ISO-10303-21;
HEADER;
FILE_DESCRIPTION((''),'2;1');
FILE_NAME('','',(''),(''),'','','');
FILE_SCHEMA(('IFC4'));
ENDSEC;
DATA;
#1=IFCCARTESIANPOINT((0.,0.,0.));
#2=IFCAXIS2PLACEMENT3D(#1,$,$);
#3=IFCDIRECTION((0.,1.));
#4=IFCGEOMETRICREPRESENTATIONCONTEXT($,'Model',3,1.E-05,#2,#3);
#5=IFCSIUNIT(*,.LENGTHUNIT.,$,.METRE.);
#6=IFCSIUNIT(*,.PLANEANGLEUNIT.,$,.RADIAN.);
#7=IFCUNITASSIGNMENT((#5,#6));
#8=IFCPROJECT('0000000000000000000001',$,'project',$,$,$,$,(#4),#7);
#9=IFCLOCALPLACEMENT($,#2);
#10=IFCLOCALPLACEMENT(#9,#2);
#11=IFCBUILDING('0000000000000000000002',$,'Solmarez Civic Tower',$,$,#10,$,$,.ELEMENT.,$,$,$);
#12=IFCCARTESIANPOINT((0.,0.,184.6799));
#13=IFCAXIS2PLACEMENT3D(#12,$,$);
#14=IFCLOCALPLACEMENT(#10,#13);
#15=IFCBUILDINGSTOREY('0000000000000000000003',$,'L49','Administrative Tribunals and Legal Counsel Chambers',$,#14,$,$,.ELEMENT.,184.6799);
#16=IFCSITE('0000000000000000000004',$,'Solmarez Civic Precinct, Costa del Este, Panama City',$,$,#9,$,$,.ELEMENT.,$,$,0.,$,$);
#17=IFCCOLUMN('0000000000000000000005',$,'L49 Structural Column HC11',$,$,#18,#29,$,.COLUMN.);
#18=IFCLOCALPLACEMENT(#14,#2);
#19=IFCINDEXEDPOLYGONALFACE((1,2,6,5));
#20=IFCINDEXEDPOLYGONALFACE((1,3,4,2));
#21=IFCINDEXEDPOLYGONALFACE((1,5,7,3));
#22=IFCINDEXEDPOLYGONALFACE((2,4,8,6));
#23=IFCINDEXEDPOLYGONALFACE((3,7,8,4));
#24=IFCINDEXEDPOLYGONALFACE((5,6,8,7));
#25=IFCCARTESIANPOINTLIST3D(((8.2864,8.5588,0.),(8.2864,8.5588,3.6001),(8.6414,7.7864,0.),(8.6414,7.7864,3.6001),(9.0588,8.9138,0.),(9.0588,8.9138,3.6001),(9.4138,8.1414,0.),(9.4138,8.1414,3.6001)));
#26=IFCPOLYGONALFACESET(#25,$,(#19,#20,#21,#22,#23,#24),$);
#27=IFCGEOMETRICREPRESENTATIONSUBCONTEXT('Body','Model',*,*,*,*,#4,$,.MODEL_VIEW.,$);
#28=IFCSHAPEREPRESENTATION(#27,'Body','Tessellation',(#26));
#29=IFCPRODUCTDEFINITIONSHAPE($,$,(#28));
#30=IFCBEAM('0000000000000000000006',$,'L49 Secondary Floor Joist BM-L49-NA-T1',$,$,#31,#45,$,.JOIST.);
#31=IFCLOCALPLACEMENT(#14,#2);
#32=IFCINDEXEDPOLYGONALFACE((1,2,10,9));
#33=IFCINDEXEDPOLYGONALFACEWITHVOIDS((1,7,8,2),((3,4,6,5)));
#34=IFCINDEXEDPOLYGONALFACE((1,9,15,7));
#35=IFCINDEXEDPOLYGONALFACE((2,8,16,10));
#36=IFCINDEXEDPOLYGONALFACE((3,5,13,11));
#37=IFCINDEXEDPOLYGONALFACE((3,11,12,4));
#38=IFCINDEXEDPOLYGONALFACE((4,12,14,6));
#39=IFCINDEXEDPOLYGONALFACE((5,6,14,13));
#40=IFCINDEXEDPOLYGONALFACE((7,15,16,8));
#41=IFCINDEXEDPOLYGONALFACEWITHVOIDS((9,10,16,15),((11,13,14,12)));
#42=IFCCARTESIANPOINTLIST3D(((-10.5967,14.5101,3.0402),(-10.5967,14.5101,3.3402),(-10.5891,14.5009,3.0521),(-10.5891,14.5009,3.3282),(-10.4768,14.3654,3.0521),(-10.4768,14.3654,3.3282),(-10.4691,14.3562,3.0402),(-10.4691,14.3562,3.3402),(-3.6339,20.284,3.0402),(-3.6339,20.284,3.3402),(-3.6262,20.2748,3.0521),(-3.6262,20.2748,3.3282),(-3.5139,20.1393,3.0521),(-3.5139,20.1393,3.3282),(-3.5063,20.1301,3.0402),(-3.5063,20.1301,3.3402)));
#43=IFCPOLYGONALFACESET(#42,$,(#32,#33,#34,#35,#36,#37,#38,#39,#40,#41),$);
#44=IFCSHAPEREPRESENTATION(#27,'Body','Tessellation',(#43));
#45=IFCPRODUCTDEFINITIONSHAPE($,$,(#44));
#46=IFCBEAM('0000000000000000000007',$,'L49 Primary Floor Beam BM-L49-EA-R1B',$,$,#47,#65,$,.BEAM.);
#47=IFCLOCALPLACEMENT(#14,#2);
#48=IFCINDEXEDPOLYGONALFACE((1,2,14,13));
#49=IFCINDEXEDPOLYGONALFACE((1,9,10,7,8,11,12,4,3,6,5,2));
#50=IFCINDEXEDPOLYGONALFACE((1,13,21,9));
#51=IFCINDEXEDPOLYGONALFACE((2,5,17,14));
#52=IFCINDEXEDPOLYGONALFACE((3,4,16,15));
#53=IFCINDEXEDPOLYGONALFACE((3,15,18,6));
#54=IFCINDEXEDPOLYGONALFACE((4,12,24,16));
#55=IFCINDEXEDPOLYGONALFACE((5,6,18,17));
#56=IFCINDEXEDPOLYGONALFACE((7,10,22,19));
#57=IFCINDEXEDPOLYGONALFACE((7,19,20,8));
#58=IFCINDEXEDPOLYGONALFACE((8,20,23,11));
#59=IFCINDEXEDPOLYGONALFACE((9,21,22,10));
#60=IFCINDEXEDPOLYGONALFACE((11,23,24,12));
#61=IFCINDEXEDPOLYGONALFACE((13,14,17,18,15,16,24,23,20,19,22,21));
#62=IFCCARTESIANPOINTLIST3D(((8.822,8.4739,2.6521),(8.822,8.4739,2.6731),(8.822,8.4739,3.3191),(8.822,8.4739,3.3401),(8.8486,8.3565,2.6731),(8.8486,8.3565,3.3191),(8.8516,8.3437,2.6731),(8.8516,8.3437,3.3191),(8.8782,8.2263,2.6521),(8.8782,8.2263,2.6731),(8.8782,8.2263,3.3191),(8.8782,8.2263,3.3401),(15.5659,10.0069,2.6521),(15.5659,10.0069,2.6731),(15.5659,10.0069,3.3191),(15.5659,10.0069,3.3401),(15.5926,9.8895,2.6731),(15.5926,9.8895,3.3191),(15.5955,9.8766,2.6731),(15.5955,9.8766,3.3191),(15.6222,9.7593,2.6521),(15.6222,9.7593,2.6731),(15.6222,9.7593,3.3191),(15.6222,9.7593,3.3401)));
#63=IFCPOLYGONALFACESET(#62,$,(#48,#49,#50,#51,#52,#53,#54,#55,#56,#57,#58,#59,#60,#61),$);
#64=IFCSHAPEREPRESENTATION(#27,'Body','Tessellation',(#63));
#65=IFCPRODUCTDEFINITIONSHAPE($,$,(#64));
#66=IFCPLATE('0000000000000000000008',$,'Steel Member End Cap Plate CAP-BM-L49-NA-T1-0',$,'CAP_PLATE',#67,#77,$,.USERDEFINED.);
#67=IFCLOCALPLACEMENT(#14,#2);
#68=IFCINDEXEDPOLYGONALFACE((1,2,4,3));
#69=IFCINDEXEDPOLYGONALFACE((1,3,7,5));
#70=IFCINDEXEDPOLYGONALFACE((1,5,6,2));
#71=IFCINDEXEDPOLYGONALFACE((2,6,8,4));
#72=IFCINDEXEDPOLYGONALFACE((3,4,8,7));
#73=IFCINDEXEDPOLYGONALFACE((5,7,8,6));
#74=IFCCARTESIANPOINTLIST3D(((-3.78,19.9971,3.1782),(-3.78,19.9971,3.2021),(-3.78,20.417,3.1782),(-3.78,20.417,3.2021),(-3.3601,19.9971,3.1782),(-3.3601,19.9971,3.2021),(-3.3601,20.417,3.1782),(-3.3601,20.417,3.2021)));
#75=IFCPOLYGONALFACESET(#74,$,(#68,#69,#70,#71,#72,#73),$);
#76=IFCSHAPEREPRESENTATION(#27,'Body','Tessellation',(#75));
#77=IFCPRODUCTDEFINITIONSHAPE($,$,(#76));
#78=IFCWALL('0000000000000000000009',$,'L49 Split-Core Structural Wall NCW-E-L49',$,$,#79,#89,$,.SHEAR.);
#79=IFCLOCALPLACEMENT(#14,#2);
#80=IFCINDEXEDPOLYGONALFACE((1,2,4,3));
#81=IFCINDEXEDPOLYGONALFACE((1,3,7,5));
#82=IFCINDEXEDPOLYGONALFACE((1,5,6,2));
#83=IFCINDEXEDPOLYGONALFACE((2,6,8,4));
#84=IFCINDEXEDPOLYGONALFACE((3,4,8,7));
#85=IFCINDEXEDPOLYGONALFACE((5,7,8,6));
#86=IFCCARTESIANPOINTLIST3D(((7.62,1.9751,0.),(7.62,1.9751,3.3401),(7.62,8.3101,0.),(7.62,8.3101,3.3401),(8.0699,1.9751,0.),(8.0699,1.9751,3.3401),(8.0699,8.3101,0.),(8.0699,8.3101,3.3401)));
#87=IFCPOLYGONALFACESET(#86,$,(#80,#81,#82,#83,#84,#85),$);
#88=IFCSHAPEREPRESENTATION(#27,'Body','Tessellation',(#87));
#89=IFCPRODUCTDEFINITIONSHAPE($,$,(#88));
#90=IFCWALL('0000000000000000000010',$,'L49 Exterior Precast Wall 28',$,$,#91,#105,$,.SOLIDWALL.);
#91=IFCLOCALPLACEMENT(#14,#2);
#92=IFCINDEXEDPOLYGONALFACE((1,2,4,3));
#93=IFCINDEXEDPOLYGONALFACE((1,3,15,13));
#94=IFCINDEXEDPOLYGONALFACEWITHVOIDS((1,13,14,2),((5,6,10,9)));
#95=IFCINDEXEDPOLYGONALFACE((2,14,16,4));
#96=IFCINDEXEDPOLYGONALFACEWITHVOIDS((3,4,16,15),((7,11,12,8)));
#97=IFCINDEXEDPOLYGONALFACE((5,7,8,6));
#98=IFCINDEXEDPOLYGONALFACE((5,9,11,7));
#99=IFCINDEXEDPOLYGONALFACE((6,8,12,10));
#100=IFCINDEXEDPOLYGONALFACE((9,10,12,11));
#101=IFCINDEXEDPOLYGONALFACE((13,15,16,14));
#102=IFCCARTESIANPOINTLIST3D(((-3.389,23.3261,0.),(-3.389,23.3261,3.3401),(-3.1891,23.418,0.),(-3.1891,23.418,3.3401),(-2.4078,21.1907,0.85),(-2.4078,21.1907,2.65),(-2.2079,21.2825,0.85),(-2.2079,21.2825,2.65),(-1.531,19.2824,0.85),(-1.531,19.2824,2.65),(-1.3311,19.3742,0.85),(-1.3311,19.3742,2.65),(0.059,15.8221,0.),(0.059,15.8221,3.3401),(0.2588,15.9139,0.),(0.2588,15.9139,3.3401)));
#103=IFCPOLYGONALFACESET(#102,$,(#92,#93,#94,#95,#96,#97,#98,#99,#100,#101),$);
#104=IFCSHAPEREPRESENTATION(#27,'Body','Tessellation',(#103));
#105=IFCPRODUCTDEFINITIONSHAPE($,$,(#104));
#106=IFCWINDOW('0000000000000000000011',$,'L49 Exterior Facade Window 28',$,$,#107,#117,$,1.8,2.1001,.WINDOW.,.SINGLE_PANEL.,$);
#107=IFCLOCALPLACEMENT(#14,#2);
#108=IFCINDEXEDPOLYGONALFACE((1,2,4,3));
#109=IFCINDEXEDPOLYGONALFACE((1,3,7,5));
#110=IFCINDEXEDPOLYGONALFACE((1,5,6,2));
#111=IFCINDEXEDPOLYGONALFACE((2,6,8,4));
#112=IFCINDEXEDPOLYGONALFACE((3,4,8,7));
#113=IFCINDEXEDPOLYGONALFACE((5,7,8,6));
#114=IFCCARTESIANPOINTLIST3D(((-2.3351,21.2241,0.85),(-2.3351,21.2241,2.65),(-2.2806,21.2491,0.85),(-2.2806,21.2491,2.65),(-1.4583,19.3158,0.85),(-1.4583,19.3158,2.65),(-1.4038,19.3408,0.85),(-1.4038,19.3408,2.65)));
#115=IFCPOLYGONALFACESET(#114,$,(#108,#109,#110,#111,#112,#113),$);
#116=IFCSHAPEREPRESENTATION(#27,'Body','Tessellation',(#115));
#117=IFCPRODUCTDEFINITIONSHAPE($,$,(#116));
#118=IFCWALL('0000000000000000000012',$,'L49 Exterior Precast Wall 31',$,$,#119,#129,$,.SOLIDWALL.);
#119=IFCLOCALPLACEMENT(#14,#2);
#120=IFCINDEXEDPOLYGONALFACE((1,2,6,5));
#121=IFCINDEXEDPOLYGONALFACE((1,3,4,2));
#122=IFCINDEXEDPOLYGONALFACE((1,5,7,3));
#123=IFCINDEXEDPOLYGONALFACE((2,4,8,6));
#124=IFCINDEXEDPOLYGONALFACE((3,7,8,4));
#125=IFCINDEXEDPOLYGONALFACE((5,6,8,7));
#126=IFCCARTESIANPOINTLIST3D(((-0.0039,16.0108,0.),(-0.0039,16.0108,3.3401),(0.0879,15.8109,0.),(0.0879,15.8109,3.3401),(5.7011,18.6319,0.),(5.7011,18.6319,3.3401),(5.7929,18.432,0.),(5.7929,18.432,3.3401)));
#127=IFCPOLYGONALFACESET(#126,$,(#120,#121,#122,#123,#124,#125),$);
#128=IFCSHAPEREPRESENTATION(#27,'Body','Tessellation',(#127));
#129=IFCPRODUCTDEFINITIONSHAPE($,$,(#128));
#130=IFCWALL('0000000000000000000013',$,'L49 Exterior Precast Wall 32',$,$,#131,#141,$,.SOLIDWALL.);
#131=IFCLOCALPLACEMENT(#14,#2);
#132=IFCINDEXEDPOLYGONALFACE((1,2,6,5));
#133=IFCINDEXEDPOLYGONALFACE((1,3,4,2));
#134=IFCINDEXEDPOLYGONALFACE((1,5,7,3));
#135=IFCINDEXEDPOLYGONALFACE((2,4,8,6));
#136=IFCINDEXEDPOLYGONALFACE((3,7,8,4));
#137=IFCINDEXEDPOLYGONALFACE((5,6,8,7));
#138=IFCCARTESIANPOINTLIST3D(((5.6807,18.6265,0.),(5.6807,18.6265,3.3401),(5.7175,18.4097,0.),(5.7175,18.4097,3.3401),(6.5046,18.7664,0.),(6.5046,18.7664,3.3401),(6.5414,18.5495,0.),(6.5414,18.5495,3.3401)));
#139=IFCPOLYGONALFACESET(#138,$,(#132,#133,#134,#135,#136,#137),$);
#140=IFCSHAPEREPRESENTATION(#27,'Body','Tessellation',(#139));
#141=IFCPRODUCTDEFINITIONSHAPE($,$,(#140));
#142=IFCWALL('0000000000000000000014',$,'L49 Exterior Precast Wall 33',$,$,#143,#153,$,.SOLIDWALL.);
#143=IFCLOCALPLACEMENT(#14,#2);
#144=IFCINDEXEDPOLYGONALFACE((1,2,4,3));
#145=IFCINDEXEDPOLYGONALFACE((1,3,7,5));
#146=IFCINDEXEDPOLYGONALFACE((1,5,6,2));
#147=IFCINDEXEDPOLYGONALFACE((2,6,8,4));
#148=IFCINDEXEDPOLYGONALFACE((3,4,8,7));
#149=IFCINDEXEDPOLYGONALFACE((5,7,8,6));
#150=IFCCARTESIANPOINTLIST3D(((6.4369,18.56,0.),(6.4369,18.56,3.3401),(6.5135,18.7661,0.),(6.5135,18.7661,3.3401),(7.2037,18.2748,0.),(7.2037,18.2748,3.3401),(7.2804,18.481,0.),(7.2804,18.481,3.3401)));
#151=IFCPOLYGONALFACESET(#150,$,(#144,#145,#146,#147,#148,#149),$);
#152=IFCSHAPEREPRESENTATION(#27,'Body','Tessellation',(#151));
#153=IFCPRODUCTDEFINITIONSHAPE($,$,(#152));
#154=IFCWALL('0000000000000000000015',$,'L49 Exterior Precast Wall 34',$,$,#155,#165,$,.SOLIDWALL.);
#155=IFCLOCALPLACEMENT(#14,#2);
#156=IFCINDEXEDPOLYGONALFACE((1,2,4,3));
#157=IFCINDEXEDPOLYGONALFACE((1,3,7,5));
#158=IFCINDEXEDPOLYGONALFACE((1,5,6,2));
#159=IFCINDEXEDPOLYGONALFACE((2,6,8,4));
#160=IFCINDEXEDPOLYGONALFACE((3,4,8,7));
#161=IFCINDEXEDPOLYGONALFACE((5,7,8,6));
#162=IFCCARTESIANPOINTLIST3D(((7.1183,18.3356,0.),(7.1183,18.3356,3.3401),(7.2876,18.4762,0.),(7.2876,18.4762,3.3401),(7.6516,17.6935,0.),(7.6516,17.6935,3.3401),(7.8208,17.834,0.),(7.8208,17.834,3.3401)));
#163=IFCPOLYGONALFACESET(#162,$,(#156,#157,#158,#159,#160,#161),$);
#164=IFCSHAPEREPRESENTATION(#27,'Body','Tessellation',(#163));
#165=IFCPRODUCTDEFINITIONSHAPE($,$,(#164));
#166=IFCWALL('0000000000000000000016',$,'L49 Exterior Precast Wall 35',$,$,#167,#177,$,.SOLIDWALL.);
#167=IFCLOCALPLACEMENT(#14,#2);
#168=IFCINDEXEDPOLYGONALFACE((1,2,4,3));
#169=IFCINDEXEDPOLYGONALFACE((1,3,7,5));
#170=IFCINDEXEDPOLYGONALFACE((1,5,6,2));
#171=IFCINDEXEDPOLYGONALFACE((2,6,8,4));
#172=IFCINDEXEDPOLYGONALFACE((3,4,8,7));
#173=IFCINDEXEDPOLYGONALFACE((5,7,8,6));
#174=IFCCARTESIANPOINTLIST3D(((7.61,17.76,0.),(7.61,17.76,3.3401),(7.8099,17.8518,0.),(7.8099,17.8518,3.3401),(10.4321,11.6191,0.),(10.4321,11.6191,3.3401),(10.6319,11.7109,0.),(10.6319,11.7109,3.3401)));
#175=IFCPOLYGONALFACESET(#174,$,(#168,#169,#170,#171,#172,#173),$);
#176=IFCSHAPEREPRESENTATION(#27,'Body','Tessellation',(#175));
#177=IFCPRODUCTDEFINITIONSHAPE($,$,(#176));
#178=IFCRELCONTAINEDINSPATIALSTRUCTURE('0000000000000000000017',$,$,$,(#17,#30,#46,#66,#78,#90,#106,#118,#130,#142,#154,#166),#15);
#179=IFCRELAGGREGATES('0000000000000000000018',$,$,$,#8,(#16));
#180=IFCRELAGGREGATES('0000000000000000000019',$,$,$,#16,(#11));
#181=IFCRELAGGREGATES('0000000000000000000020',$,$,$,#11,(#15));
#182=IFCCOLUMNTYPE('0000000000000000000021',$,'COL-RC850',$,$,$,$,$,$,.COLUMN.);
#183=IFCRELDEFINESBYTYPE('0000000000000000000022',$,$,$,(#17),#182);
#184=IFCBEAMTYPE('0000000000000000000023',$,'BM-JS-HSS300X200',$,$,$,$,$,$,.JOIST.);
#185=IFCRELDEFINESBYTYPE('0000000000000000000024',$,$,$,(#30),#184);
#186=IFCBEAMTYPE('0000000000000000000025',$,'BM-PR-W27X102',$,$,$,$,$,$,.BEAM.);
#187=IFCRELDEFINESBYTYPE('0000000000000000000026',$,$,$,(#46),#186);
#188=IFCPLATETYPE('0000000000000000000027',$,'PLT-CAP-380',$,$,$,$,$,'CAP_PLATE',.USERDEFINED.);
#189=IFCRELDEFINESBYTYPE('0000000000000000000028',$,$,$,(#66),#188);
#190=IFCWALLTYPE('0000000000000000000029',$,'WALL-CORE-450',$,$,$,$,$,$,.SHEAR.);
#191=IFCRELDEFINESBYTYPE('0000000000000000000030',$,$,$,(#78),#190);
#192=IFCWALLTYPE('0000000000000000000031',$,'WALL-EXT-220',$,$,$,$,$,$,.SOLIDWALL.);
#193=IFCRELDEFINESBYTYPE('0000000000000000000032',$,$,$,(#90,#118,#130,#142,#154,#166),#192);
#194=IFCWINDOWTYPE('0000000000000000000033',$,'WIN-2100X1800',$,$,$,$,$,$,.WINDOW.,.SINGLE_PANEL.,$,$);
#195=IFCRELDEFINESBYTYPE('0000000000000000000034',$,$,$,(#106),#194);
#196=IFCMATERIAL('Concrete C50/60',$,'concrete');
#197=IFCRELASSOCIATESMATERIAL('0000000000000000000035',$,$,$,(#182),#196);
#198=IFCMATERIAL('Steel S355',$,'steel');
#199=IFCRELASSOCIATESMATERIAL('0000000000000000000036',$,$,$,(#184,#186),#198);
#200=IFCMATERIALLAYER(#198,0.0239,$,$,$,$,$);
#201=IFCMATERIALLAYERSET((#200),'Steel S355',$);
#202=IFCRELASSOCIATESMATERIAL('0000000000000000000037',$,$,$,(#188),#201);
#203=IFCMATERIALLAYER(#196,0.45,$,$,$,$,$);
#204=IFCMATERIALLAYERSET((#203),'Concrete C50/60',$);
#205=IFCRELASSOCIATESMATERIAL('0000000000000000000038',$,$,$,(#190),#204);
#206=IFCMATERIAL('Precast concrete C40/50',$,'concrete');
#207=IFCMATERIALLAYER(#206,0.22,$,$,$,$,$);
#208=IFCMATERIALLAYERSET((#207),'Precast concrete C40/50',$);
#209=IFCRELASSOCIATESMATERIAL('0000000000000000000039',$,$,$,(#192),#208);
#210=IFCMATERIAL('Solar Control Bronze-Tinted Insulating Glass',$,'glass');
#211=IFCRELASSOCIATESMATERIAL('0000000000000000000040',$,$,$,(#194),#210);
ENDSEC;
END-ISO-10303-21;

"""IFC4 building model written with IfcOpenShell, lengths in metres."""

from ifc_helpers import new_model, si_unit, direction, frame, frame_2d, origin, origin_2d, place, context, subcontext, project, spatial, rectangle, hollow_rectangle, i_section, extrude, material, layer, layer_set, material_profile, profile_set, type_object, element, fill, save


model = new_model("IFC4")

# Units and contexts
model_context = context("Model", 3, precision=1e-05, world=origin(), true_north=direction((0.0, 1.0)))
body_context = subcontext(model_context, "Body", "Model", "MODEL_VIEW")
ifc_project = project(units=[si_unit("LENGTHUNIT", "METRE"), si_unit("PLANEANGLEUNIT", "RADIAN")], contexts=[model_context])

# Site, building, storey
site_placement = place(None, origin())
site = spatial("IfcSite", under=ifc_project, at=site_placement, Name="Solmarez Civic Precinct, Costa del Este, Panama City", CompositionType="ELEMENT", RefElevation=0.0)
building_placement = place(site_placement, origin())
building = spatial("IfcBuilding", under=site, at=building_placement, Name="Solmarez Civic Tower", CompositionType="ELEMENT")
storey_placement = place(building_placement, frame((0.0, 0.0, 184.6799)))
storey = spatial("IfcBuildingStorey", under=building, at=storey_placement, Name="L49", Description="Administrative Tribunals and Legal Counsel Chambers", CompositionType="ELEMENT", Elevation=184.6799)

# Column
ifc_material_1 = material(Name="Concrete C50/60", Category="concrete")
ifc_material_profile_1 = material_profile(ifc_material_1, rectangle(XDim=0.8501, YDim=0.8501, at=origin_2d()), Name="RC850X850")
ifc_profile_set_1 = profile_set([ifc_material_profile_1], Name="Concrete C50/60")
column_type = type_object("IfcColumnType", Name="COL-RC850", PredefinedType="COLUMN", material=ifc_profile_set_1)
column_placement = place(storey_placement, frame((8.8501, 8.3501, 0.0), z_axis=(0.0, 0.0, 1.0), x_axis=(0.908654, 0.41755, 0.0)))
element("IfcColumn", 1, at=column_placement, inside=storey, type_object=column_type, Name="L49 Structural Column HC11", PredefinedType="COLUMN", context=body_context, shape_type="SweptSolid", body=[
    extrude(rectangle(XDim=0.8501, YDim=0.8501, at=origin_2d()), origin(), (0.0, 0.0, 1.0), 3.6001),
])

# Beams
ifc_material_2 = material(Name="Steel S355", Category="steel")
ifc_material_profile_2 = material_profile(ifc_material_2, hollow_rectangle(XDim=0.2, YDim=0.3, WallThickness=0.012, at=origin_2d()), Name="HSS300X200X12")
ifc_profile_set_2 = profile_set([ifc_material_profile_2], Name="Steel S355")
beam_type_1 = type_object("IfcBeamType", Name="BM-JS-HSS300X200", PredefinedType="JOIST", material=ifc_profile_set_2)
beam_1_placement = place(storey_placement, frame((-3.5701, 20.207, 3.1902), z_axis=(-0.769768, -0.638324, 0.0), x_axis=(0.638324, -0.769768, 0.0)))
element("IfcBeam", 2, at=beam_1_placement, inside=storey, type_object=beam_type_1, Name="L49 Secondary Floor Joist BM-L49-NA-T1", PredefinedType="JOIST", context=body_context, shape_type="SweptSolid", body=[
    extrude(hollow_rectangle(XDim=0.2, YDim=0.3, WallThickness=0.012, at=origin_2d()), origin(), (0.0, 0.0, 1.0), 9.0454),
])
ifc_material_profile_3 = material_profile(ifc_material_2, i_section(OverallWidth=0.2539, OverallDepth=0.688, WebThickness=0.0132, FlangeThickness=0.021, at=origin_2d()), Name="W27X102")
ifc_profile_set_3 = profile_set([ifc_material_profile_3], Name="Steel S355")
beam_type_2 = type_object("IfcBeamType", Name="BM-PR-W27X102", PredefinedType="BEAM", material=ifc_profile_set_3)
beam_2_placement = place(storey_placement, frame((8.8501, 8.3501, 2.9961), z_axis=(0.975125, 0.221656, 0.0), x_axis=(-0.221656, 0.975125, 0.0)))
element("IfcBeam", 3, at=beam_2_placement, inside=storey, type_object=beam_type_2, Name="L49 Primary Floor Beam BM-L49-EA-R1B", PredefinedType="BEAM", context=body_context, shape_type="SweptSolid", body=[
    extrude(i_section(OverallWidth=0.2539, OverallDepth=0.688, WebThickness=0.0132, FlangeThickness=0.021, at=origin_2d()), origin(), (0.0, 0.0, 1.0), 6.916),
])

# Plate
ifc_layer_1 = layer(ifc_material_2, 0.0239)
ifc_layer_set_1 = layer_set([ifc_layer_1], Name="Steel S355")
plate_type = type_object("IfcPlateType", Name="PLT-CAP-380", ElementType="CAP_PLATE", PredefinedType="USERDEFINED", material=ifc_layer_set_1)
plate_placement = place(storey_placement, frame((-3.5701, 20.207, 3.1782), z_axis=(0.0, 0.0, 1.0), x_axis=(1.0, 0.0, 0.0)))
element("IfcPlate", 4, at=plate_placement, inside=storey, type_object=plate_type, Name="Steel Member End Cap Plate CAP-BM-L49-NA-T1-0", ObjectType="CAP_PLATE", PredefinedType="USERDEFINED", context=body_context, shape_type="SweptSolid", body=[
    extrude(rectangle(XDim=0.4199, YDim=0.4199, at=origin_2d()), origin(), (0.0, 0.0, 1.0), 0.0239),
])

# Wall
ifc_layer_2 = layer(ifc_material_1, 0.45)
ifc_layer_set_2 = layer_set([ifc_layer_2], Name="Concrete C50/60")
wall_type_1 = type_object("IfcWallType", Name="WALL-CORE-450", PredefinedType="SHEAR", material=ifc_layer_set_2)
wall_1_placement = place(storey_placement, frame((7.845, 8.3101, 0.0), z_axis=(0.0, 0.0, 1.0), x_axis=(0.0, -1.0, 0.0)))
element("IfcWall", 5, at=wall_1_placement, inside=storey, type_object=wall_type_1, Name="L49 Split-Core Structural Wall NCW-E-L49", PredefinedType="SHEAR", context=body_context, shape_type="SweptSolid", body=[
    extrude(rectangle(XDim=6.335, YDim=0.45, at=frame_2d((3.1675, 0.0))), origin(), (0.0, 0.0, 1.0), 3.3401),
])

# Wall, opening, window
ifc_material_3 = material(Name="Precast concrete C40/50", Category="concrete")
ifc_layer_3 = layer(ifc_material_3, 0.22)
ifc_layer_set_3 = layer_set([ifc_layer_3], Name="Precast concrete C40/50")
wall_type_2 = type_object("IfcWallType", Name="WALL-EXT-220", PredefinedType="SOLIDWALL", material=ifc_layer_set_3)
wall_2_placement = place(storey_placement, frame((-3.2891, 23.3721, 0.0), z_axis=(0.0, 0.0, 1.0), x_axis=(0.417515, -0.90867, 0.0)))
wall_2 = element("IfcWall", 6, at=wall_2_placement, inside=storey, type_object=wall_type_2, Name="L49 Exterior Precast Wall 28", PredefinedType="SOLIDWALL", context=body_context, shape_type="SweptSolid", body=[
    extrude(rectangle(XDim=8.2583, YDim=0.22, at=frame_2d((4.1292, 0.0))), origin(), (0.0, 0.0, 1.0), 3.3401),
])
opening_1_placement = place(wall_2_placement, frame((2.3501, 0.0, 0.8501)))
opening_1 = element("IfcOpeningElement", 7, at=opening_1_placement, cuts=wall_2, PredefinedType="OPENING", context=body_context, shape_type="SweptSolid", body=[
    extrude(rectangle(XDim=2.1001, YDim=1.8, at=frame_2d((1.05, 0.8999))), frame((0.0, 0.1199, 0.0), z_axis=(0.0, -1.0, 0.0), x_axis=(1.0, 0.0, 0.0)), (0.0, 0.0, 1.0), 0.24),
])
ifc_material_4 = material(Name="Solar Control Bronze-Tinted Insulating Glass", Category="glass")
window_type_1 = type_object("IfcWindowType", Name="WIN-2100X1800", PartitioningType="SINGLE_PANEL", PredefinedType="WINDOW", material=ifc_material_4)
window_1_placement = place(opening_1_placement, origin())
window_1 = element("IfcWindow", 8, at=window_1_placement, inside=storey, type_object=window_type_1, Name="L49 Exterior Facade Window 28", OverallHeight=1.8, OverallWidth=2.1001, PartitioningType="SINGLE_PANEL", PredefinedType="WINDOW", context=body_context, shape_type="SweptSolid", body=[
    extrude(rectangle(XDim=2.1001, YDim=1.8, at=frame_2d((1.05, 0.8999))), frame((0.0, 0.03, 0.0), z_axis=(0.0, -1.0, 0.0), x_axis=(1.0, 0.0, 0.0)), (0.0, 0.0, 1.0), 0.0601),
])
fill(opening_1, window_1)

# Walls
wall_3_placement = place(storey_placement, frame((0.042, 15.9109, 0.0), z_axis=(0.0, 0.0, 1.0), x_axis=(0.908686, 0.417479, 0.0)))
element("IfcWall", 9, at=wall_3_placement, inside=storey, type_object=wall_type_2, Name="L49 Exterior Precast Wall 31", PredefinedType="SOLIDWALL", context=body_context, shape_type="SweptSolid", body=[
    extrude(rectangle(XDim=6.2783, YDim=0.22, at=frame_2d((3.1392, 0.0))), origin(), (0.0, 0.0, 1.0), 3.3401),
])
wall_4_placement = place(storey_placement, frame((5.699, 18.5181, 0.0), z_axis=(0.0, 0.0, 1.0), x_axis=(0.985892, 0.167383, 0.0)))
element("IfcWall", 10, at=wall_4_placement, inside=storey, type_object=wall_type_2, Name="L49 Exterior Precast Wall 32", PredefinedType="SOLIDWALL", context=body_context, shape_type="SweptSolid", body=[
    extrude(rectangle(XDim=0.8357, YDim=0.22, at=frame_2d((0.418, 0.0))), origin(), (0.0, 0.0, 1.0), 3.3401),
])
wall_5_placement = place(storey_placement, frame((6.4751, 18.6631, 0.0), z_axis=(0.0, 0.0, 1.0), x_axis=(0.937294, -0.348539, 0.0)))
element("IfcWall", 11, at=wall_5_placement, inside=storey, type_object=wall_type_2, Name="L49 Exterior Precast Wall 33", PredefinedType="SOLIDWALL", context=body_context, shape_type="SweptSolid", body=[
    extrude(rectangle(XDim=0.8181, YDim=0.22, at=frame_2d((0.4092, 0.0))), origin(), (0.0, 0.0, 1.0), 3.3401),
])
wall_6_placement = place(storey_placement, frame((7.2029, 18.406, 0.0), z_axis=(0.0, 0.0, 1.0), x_axis=(0.63886, -0.769323, 0.0)))
element("IfcWall", 12, at=wall_6_placement, inside=storey, type_object=wall_type_2, Name="L49 Exterior Precast Wall 34", PredefinedType="SOLIDWALL", context=body_context, shape_type="SweptSolid", body=[
    extrude(rectangle(XDim=0.8347, YDim=0.22, at=frame_2d((0.4175, 0.0))), origin(), (0.0, 0.0, 1.0), 3.3401),
])
wall_7_placement = place(storey_placement, frame((7.71, 17.8059, 0.0), z_axis=(0.0, 0.0, 1.0), x_axis=(0.417566, -0.908646, 0.0)))
element("IfcWall", 13, at=wall_7_placement, inside=storey, type_object=wall_type_2, Name="L49 Exterior Precast Wall 35", PredefinedType="SOLIDWALL", context=body_context, shape_type="SweptSolid", body=[
    extrude(rectangle(XDim=6.7583, YDim=0.22, at=frame_2d((3.3792, 0.0))), origin(), (0.0, 0.0, 1.0), 3.3401),
])

save(model, "model.ifc")
